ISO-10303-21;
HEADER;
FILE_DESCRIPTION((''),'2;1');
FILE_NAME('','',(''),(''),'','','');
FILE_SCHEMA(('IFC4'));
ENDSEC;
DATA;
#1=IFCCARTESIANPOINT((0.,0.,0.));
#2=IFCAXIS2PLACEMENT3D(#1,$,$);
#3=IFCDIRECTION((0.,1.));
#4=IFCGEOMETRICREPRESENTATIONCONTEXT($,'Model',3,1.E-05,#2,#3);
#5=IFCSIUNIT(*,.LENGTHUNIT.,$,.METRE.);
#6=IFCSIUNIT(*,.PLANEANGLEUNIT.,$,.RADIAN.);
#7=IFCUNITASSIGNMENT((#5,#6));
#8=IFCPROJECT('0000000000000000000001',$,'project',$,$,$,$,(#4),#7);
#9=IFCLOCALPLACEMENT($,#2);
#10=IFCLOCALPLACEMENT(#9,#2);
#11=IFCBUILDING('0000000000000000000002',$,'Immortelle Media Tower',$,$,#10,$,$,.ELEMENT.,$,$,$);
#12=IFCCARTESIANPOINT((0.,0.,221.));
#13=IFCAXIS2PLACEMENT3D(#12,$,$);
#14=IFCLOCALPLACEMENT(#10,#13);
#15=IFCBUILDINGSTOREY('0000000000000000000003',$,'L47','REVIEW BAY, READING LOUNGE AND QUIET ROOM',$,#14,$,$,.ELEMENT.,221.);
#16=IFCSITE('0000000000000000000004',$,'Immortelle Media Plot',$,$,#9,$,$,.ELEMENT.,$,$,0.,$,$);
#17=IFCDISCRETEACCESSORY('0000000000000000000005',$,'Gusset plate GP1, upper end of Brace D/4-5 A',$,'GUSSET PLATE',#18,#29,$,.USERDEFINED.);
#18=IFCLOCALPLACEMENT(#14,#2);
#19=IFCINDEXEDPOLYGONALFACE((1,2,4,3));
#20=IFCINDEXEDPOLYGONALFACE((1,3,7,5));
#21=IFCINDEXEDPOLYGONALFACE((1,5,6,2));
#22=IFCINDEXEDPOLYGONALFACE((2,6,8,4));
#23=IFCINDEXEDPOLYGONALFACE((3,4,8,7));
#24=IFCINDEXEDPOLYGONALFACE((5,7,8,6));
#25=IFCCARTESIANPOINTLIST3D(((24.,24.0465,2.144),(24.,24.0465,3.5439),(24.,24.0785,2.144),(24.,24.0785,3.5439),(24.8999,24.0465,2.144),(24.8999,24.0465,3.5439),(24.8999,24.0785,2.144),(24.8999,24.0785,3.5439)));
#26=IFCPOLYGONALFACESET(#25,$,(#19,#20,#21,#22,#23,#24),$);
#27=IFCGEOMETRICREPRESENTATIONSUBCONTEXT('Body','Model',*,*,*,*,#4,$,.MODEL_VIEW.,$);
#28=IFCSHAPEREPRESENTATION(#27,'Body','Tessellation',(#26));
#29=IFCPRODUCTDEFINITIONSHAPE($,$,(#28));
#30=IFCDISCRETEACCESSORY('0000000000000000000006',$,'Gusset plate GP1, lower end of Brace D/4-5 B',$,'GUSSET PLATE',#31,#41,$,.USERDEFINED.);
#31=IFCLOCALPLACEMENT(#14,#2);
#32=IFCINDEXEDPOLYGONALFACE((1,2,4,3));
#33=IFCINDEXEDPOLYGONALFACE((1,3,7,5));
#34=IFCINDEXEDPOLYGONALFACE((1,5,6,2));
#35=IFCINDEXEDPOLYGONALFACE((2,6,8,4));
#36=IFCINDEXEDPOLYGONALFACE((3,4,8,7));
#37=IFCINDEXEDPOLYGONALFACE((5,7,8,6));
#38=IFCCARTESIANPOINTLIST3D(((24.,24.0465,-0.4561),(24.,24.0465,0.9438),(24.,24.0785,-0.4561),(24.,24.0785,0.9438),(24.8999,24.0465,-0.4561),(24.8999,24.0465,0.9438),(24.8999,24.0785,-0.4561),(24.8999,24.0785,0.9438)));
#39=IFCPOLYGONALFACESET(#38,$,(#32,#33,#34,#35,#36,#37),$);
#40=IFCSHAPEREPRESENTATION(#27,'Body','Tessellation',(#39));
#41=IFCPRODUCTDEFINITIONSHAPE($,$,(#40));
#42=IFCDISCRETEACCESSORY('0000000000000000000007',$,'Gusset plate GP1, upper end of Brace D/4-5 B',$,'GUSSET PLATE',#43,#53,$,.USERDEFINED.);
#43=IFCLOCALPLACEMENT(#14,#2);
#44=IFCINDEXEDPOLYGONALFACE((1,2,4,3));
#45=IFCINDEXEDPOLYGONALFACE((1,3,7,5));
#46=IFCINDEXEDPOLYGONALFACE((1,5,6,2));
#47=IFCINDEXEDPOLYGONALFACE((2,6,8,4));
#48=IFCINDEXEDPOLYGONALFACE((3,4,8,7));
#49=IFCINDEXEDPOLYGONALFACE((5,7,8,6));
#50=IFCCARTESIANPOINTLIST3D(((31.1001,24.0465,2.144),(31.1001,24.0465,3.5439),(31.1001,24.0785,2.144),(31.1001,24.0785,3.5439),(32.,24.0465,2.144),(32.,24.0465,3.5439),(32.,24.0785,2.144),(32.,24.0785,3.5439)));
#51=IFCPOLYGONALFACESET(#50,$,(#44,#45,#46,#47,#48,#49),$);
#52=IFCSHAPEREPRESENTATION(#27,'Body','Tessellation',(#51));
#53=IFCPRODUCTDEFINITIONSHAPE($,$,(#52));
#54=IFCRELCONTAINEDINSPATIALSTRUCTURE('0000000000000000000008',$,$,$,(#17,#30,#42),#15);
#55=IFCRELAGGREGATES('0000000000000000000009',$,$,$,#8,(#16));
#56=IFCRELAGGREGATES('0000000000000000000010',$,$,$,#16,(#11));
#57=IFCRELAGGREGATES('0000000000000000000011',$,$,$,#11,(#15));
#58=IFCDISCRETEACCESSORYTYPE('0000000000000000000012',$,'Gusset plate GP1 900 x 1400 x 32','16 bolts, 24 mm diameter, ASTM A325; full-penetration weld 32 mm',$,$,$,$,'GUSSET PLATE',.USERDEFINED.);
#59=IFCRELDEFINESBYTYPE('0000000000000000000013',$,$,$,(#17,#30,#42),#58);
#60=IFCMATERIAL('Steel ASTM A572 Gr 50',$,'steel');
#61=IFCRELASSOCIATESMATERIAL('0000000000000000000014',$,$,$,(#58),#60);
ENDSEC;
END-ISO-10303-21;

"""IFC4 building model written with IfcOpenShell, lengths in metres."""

from ifc_helpers import new_model, si_unit, direction, frame, origin, origin_2d, place, context, subcontext, project, spatial, rectangle, extrude, material, material_profile, profile_set, type_object, element, save


model = new_model("IFC4")

# Units and contexts
model_context = context("Model", 3, precision=1e-05, world=origin(), true_north=direction((0.0, 1.0)))
body_context = subcontext(model_context, "Body", "Model", "MODEL_VIEW")
ifc_project = project(units=[si_unit("LENGTHUNIT", "METRE"), si_unit("PLANEANGLEUNIT", "RADIAN")], contexts=[model_context])

# Site, building, storey
site_placement = place(None, origin())
site = spatial("IfcSite", under=ifc_project, at=site_placement, Name="Immortelle Media Plot", CompositionType="ELEMENT", RefElevation=0.0)
building_placement = place(site_placement, origin())
building = spatial("IfcBuilding", under=site, at=building_placement, Name="Immortelle Media Tower", CompositionType="ELEMENT")
storey_placement = place(building_placement, frame((0.0, 0.0, 221.0)))
storey = spatial("IfcBuildingStorey", under=building, at=storey_placement, Name="L47", Description="REVIEW BAY, READING LOUNGE AND QUIET ROOM", CompositionType="ELEMENT", Elevation=221.0)

# Discrete accessories
ifc_material_1 = material(Name="Steel ASTM A572 Gr 50", Category="steel")
ifc_material_profile_1 = material_profile(ifc_material_1, rectangle(XDim=0.032, YDim=1.3999, at=origin_2d()), Name="PL 32 x 1400")
ifc_profile_set_1 = profile_set([ifc_material_profile_1], Name="Steel ASTM A572 Gr 50")
discrete_accessory_type_1 = type_object("IfcDiscreteAccessoryType", Name="Gusset plate GP1 900 x 1400 x 32", Description="16 bolts, 24 mm diameter, ASTM A325; full-penetration weld 32 mm", ElementType="GUSSET PLATE", PredefinedType="USERDEFINED", material=ifc_profile_set_1)
for number, where, z_axis, x_axis, name in (
    (1, (24.0, 24.0625, 2.844), (1.0, 0.0, 0.0), (0.0, 1.0, 0.0), "Gusset plate GP1, upper end of Brace D/4-5 A"),
    (2, (24.0, 24.0625, 0.2439), (1.0, 0.0, 0.0), (0.0, 1.0, 0.0), "Gusset plate GP1, lower end of Brace D/4-5 B"),
    (3, (32.0, 24.0625, 2.844), (-1.0, 0.0, 0.0), (0.0, -1.0, 0.0), "Gusset plate GP1, upper end of Brace D/4-5 B"),
):
    element("IfcDiscreteAccessory", number, at=place(storey_placement, frame(where, z_axis=z_axis, x_axis=x_axis)), inside=storey, type_object=discrete_accessory_type_1, Name=name, ObjectType="GUSSET PLATE", PredefinedType="USERDEFINED", context=body_context, shape_type="SweptSolid", body=[
        extrude(rectangle(XDim=0.032, YDim=1.3999, at=origin_2d()), origin(), (0.0, 0.0, 1.0), 0.8999),
    ])

save(model, "model.ifc")
